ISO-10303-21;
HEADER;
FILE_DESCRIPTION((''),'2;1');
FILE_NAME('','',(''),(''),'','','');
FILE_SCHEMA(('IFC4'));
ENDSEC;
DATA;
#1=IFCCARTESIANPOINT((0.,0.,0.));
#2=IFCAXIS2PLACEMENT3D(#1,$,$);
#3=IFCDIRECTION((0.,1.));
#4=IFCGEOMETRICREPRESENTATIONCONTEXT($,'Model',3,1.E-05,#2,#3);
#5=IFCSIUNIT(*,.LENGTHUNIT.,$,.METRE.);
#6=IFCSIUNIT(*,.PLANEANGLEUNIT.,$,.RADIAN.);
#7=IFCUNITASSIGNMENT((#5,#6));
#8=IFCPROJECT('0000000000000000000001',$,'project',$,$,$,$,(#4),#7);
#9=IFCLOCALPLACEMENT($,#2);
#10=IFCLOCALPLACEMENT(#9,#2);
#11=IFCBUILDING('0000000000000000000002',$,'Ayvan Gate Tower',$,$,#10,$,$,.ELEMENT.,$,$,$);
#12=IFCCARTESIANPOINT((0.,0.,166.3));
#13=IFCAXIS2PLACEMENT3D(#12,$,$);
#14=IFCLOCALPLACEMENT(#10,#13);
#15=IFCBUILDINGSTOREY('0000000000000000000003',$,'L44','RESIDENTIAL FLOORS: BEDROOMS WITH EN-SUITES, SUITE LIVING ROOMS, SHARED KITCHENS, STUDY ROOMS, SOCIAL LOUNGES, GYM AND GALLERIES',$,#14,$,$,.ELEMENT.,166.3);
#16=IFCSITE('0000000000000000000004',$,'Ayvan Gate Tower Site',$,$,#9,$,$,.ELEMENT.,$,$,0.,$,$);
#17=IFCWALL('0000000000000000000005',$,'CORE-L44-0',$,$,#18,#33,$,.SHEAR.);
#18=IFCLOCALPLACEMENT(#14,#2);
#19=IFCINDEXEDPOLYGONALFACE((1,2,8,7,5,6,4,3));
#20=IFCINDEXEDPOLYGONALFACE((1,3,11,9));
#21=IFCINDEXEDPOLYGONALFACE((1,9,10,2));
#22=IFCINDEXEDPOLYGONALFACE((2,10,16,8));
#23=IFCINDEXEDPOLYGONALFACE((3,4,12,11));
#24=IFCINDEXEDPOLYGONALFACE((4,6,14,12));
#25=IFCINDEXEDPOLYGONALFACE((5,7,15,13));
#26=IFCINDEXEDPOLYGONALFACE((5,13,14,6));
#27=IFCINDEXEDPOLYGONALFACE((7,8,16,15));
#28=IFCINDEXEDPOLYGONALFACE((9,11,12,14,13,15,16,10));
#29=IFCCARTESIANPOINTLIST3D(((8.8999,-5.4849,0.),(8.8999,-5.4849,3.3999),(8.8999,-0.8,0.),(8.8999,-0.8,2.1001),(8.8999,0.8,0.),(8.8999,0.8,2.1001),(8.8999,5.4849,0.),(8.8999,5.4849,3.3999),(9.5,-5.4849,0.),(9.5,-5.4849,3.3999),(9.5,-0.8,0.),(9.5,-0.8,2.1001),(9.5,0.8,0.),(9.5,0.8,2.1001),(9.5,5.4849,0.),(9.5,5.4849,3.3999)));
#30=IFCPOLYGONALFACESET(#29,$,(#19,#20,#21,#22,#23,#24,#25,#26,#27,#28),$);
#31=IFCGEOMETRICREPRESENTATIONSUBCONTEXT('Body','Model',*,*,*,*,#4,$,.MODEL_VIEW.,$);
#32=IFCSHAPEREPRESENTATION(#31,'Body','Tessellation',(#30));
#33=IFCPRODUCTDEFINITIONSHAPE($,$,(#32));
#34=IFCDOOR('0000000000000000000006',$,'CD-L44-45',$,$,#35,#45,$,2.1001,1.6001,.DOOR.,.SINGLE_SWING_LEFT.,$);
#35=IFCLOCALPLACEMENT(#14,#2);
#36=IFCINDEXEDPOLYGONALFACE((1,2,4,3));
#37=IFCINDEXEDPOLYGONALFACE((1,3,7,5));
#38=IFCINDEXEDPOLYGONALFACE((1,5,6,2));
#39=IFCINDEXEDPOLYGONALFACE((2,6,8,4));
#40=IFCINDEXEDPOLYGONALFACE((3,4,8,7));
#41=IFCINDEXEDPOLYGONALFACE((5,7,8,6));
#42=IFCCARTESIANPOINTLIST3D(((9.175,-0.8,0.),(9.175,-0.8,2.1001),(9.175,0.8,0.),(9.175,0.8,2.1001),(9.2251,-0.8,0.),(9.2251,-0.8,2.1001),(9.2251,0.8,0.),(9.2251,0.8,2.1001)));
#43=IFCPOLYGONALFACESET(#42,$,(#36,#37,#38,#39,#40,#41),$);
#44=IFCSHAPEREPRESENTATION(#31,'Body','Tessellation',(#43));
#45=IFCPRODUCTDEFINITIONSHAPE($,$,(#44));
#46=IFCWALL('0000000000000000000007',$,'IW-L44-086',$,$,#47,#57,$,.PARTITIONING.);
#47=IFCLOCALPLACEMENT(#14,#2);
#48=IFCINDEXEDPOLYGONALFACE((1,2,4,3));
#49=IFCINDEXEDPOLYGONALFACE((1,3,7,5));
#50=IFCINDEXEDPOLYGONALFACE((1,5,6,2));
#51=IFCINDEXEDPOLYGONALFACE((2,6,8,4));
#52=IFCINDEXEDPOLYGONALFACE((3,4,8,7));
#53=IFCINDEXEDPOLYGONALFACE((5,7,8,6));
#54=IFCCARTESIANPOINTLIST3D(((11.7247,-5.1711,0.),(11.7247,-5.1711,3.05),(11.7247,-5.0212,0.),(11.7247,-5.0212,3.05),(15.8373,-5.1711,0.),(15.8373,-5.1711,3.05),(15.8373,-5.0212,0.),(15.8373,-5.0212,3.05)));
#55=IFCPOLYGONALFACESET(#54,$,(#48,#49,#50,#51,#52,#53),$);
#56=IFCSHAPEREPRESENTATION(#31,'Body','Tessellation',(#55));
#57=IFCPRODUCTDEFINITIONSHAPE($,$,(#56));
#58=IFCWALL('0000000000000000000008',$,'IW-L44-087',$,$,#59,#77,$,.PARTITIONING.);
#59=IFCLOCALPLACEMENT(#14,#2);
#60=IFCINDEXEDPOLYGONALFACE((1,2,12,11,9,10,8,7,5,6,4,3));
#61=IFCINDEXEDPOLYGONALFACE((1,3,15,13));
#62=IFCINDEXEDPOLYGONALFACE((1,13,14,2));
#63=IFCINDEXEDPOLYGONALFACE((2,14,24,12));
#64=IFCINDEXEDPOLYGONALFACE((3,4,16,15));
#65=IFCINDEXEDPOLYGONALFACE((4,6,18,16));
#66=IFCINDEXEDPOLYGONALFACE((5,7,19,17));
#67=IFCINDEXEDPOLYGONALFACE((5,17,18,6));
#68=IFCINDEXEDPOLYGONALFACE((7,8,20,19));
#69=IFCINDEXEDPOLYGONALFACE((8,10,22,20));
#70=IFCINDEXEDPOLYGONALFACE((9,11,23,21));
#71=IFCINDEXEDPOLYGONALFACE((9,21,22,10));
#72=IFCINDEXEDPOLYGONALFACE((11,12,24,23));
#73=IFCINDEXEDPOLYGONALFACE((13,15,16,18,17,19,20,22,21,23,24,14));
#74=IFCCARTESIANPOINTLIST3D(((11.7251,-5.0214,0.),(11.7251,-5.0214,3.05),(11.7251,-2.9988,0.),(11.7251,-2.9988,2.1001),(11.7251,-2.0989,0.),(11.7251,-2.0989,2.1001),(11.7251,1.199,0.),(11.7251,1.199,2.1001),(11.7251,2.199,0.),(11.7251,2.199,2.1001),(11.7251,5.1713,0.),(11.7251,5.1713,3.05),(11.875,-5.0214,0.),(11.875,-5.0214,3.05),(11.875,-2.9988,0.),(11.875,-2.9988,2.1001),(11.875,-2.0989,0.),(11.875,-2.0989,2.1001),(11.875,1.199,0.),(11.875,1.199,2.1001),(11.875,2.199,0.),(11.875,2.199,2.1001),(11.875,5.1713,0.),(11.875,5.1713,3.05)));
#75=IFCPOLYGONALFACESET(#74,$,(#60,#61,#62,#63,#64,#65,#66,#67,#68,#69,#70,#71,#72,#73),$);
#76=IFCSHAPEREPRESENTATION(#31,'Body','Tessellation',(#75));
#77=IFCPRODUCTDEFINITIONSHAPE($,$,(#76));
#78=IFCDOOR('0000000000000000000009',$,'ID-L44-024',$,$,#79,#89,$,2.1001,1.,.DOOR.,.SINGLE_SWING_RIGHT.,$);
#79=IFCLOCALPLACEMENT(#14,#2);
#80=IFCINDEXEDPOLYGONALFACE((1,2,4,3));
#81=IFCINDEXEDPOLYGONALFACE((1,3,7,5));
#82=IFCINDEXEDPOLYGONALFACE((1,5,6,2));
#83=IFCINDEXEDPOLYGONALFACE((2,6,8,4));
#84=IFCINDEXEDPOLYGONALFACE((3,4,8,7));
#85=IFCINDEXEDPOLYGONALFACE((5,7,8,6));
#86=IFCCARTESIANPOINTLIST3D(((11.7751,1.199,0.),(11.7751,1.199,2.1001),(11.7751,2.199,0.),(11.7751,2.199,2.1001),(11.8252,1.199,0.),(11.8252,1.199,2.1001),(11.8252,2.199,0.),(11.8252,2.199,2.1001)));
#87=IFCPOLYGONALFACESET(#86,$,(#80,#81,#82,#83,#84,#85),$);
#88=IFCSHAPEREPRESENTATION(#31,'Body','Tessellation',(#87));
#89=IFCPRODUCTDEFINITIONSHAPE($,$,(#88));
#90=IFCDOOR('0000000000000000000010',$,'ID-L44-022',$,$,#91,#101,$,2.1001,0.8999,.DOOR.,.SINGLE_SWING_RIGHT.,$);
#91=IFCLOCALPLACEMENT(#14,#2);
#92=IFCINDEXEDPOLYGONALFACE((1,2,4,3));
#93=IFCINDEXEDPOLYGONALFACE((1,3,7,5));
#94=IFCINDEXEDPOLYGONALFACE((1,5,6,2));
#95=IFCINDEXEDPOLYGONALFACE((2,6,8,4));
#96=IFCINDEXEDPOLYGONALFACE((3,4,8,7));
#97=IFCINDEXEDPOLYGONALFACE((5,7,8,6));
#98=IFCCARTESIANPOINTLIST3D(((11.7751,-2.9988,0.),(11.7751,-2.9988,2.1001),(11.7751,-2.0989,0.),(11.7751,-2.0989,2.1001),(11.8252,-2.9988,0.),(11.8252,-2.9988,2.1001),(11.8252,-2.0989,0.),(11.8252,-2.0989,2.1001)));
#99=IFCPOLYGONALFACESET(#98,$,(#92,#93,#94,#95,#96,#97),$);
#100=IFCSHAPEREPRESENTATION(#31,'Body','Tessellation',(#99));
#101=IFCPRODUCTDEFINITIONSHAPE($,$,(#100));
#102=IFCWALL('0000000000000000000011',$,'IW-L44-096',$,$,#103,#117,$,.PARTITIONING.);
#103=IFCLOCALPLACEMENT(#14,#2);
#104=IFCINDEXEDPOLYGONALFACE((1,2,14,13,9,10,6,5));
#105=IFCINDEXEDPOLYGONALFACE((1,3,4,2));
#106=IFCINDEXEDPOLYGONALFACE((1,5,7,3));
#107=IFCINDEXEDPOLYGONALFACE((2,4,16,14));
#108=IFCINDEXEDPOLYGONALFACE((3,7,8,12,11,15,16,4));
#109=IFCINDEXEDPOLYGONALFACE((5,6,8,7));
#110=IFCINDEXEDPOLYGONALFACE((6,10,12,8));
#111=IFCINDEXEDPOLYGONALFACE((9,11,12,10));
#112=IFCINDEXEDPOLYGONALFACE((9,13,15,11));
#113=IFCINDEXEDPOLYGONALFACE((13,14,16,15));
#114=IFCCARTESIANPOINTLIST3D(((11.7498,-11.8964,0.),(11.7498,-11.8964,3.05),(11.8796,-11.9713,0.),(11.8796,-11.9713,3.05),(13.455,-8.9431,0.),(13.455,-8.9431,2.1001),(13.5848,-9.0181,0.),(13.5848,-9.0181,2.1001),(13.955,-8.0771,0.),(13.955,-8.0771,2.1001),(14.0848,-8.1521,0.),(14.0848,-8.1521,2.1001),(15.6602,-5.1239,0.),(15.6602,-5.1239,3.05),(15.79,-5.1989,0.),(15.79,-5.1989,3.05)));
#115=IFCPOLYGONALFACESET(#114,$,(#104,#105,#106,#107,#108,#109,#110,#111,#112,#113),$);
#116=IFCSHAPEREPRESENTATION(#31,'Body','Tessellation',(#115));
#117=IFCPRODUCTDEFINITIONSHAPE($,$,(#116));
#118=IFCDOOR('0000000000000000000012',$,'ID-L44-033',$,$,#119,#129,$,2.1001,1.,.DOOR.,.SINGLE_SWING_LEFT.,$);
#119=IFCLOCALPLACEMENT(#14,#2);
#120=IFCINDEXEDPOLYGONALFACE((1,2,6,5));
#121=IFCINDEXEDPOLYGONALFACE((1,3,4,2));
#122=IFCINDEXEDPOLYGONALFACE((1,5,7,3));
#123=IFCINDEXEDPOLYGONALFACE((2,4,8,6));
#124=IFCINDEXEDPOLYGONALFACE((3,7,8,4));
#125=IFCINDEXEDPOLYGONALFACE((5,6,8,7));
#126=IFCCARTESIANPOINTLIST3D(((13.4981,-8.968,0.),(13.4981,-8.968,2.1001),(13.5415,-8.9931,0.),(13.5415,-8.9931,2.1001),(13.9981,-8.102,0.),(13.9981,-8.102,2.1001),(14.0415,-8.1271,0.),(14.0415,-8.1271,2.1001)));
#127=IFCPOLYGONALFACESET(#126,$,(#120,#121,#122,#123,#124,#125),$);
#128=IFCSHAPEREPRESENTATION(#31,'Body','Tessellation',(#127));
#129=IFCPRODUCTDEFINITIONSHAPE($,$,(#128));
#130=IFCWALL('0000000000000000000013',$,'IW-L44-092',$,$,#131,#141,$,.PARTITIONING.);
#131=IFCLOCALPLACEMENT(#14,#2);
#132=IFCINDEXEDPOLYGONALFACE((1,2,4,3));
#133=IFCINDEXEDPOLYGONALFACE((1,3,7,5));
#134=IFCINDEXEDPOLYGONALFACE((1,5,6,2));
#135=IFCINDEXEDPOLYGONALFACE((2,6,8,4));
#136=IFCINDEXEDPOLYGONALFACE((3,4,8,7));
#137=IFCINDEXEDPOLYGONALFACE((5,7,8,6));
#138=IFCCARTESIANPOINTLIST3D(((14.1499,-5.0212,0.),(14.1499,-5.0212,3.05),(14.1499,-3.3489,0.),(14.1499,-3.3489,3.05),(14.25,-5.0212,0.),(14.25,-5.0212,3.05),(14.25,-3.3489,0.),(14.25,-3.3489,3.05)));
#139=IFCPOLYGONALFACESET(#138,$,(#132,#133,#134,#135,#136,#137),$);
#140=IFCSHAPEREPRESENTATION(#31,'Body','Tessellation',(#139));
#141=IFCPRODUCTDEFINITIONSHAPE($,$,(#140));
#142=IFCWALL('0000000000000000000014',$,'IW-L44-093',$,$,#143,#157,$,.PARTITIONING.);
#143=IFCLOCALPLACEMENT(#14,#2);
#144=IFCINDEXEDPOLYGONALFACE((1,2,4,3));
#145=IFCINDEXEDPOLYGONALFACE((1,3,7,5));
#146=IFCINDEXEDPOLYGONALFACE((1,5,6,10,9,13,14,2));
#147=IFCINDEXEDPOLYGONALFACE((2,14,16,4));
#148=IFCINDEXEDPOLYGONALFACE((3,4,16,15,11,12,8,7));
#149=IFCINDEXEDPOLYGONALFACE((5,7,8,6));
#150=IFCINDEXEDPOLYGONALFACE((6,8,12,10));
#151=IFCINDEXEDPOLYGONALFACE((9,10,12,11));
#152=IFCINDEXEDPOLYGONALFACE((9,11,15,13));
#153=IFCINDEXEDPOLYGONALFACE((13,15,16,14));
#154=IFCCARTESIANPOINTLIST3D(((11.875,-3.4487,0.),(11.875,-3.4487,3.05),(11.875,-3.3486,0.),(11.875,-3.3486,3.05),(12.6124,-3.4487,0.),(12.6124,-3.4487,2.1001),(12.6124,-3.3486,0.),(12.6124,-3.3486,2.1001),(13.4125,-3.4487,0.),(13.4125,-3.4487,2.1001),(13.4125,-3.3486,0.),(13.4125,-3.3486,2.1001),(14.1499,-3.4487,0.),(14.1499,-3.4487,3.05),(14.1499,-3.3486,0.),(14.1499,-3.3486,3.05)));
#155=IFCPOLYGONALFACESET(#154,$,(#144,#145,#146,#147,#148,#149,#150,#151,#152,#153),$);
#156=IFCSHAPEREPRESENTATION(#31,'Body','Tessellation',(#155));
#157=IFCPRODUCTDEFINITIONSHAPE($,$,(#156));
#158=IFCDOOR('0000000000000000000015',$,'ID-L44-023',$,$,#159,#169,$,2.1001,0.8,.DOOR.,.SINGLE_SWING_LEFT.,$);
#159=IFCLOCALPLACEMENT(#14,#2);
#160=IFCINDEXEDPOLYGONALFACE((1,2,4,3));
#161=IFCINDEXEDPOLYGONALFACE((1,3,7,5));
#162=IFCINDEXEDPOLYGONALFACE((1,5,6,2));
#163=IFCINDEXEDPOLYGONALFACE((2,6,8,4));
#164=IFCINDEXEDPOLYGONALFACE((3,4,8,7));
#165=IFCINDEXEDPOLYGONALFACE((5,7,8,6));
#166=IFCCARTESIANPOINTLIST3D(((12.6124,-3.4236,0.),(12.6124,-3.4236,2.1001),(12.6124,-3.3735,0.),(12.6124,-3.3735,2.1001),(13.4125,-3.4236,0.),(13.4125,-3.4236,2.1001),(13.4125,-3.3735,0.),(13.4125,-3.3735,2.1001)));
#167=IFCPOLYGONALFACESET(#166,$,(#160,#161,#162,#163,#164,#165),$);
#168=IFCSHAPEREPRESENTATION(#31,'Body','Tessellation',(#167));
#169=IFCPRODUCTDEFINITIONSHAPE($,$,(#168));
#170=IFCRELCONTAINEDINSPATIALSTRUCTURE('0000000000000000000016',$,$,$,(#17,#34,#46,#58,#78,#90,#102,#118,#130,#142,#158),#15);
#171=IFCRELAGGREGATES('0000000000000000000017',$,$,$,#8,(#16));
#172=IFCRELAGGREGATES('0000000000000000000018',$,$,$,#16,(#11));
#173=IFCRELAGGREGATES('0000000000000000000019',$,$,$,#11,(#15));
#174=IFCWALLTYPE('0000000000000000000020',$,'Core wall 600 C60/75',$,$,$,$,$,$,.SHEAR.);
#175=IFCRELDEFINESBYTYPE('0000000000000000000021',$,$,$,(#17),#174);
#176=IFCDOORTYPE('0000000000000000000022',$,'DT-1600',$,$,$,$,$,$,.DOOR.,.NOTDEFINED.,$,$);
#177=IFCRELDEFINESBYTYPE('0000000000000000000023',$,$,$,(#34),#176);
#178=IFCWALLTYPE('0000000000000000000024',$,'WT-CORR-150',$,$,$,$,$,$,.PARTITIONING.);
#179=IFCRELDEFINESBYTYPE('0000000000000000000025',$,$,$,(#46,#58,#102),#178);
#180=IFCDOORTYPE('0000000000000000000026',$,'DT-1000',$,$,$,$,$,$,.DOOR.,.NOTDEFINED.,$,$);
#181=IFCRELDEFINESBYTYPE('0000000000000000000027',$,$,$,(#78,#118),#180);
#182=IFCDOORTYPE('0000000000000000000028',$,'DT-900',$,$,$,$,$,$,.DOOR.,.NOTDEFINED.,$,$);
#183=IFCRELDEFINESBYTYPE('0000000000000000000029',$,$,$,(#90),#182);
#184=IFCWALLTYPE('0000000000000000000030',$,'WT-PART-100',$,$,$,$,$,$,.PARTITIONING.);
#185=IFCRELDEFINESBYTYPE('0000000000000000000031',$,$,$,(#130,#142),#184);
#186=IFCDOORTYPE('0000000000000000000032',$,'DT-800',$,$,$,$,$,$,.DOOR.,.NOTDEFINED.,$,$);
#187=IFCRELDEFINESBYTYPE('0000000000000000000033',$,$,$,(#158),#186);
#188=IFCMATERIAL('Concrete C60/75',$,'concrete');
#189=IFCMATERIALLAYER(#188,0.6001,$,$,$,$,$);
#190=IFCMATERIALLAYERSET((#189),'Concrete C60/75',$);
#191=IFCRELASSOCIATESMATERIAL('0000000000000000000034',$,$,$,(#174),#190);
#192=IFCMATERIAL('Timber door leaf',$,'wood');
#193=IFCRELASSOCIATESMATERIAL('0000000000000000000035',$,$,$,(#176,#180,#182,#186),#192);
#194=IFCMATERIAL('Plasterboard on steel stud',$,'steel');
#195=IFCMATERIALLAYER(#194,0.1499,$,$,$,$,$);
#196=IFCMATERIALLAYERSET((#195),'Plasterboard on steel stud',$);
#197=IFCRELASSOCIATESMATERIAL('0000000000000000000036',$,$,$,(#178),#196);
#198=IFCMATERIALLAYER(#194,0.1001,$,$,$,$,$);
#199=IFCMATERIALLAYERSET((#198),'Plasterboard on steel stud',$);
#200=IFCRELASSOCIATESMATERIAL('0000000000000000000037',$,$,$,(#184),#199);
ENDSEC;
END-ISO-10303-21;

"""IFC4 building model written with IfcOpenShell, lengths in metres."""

from ifc_helpers import new_model, si_unit, direction, frame, frame_2d, origin, place, context, subcontext, project, spatial, rectangle, extrude, material, layer, layer_set, type_object, element, fill, save


model = new_model("IFC4")

# Units and contexts
model_context = context("Model", 3, precision=1e-05, world=origin(), true_north=direction((0.0, 1.0)))
body_context = subcontext(model_context, "Body", "Model", "MODEL_VIEW")
ifc_project = project(units=[si_unit("LENGTHUNIT", "METRE"), si_unit("PLANEANGLEUNIT", "RADIAN")], contexts=[model_context])

# Site, building, storey
site_placement = place(None, origin())
site = spatial("IfcSite", under=ifc_project, at=site_placement, Name="Ayvan Gate Tower Site", CompositionType="ELEMENT", RefElevation=0.0)
building_placement = place(site_placement, origin())
building = spatial("IfcBuilding", under=site, at=building_placement, Name="Ayvan Gate Tower", CompositionType="ELEMENT")
storey_placement = place(building_placement, frame((0.0, 0.0, 166.3)))
storey = spatial("IfcBuildingStorey", under=building, at=storey_placement, Name="L44", Description="RESIDENTIAL FLOORS: BEDROOMS WITH EN-SUITES, SUITE LIVING ROOMS, SHARED KITCHENS, STUDY ROOMS, SOCIAL LOUNGES, GYM AND GALLERIES", CompositionType="ELEMENT", Elevation=166.3)

# Wall, opening, door
ifc_material_1 = material(Name="Concrete C60/75", Category="concrete")
ifc_layer_1 = layer(ifc_material_1, 0.6001)
ifc_layer_set_1 = layer_set([ifc_layer_1], Name="Concrete C60/75")
wall_type_1 = type_object("IfcWallType", Name="Core wall 600 C60/75", PredefinedType="SHEAR", material=ifc_layer_set_1)
wall_1_placement = place(storey_placement, frame((9.2, -5.4849, 0.0), z_axis=(0.0, 0.0, 1.0), x_axis=(0.0, 1.0, 0.0)))
wall_1 = element("IfcWall", 1, at=wall_1_placement, inside=storey, type_object=wall_type_1, Name="CORE-L44-0", PredefinedType="SHEAR", context=body_context, shape_type="SweptSolid", body=[
    extrude(rectangle(XDim=10.9697, YDim=0.6001, at=frame_2d((5.4849, 0.0))), origin(), (0.0, 0.0, 1.0), 3.3999),
])
opening_1_placement = place(wall_1_placement, frame((4.6848, 0.0, 0.0)))
opening_1 = element("IfcOpeningElement", 2, at=opening_1_placement, cuts=wall_1, PredefinedType="OPENING", context=body_context, shape_type="SweptSolid", body=[
    extrude(rectangle(XDim=1.6001, YDim=2.1001, at=frame_2d((0.8, 1.05))), frame((0.0, 0.3101, 0.0), z_axis=(0.0, -1.0, 0.0), x_axis=(1.0, 0.0, 0.0)), (0.0, 0.0, 1.0), 0.6201),
])
ifc_material_2 = material(Name="Timber door leaf", Category="wood")
door_type_1 = type_object("IfcDoorType", Name="DT-1600", OperationType="NOTDEFINED", PredefinedType="DOOR", material=ifc_material_2)
door_1_placement = place(opening_1_placement, origin())
door_1 = element("IfcDoor", 3, at=door_1_placement, inside=storey, type_object=door_type_1, Name="CD-L44-45", OperationType="SINGLE_SWING_LEFT", OverallHeight=2.1001, OverallWidth=1.6001, PredefinedType="DOOR", context=body_context, shape_type="SweptSolid", body=[
    extrude(rectangle(XDim=1.6001, YDim=2.1001, at=frame_2d((0.8, 1.05))), frame((0.0, 0.0249, 0.0), z_axis=(0.0, -1.0, 0.0), x_axis=(1.0, 0.0, 0.0)), (0.0, 0.0, 1.0), 0.05),
])
fill(opening_1, door_1)

# Wall
ifc_material_3 = material(Name="Plasterboard on steel stud", Category="steel")
ifc_layer_2 = layer(ifc_material_3, 0.1499)
ifc_layer_set_2 = layer_set([ifc_layer_2], Name="Plasterboard on steel stud")
wall_type_2 = type_object("IfcWallType", Name="WT-CORR-150", PredefinedType="PARTITIONING", material=ifc_layer_set_2)
wall_2_placement = place(storey_placement, frame((11.7249, -5.0962, 0.0), z_axis=(0.0, 0.0, 1.0), x_axis=(1.0, 0.0, 0.0)))
element("IfcWall", 4, at=wall_2_placement, inside=storey, type_object=wall_type_2, Name="IW-L44-086", PredefinedType="PARTITIONING", context=body_context, shape_type="SweptSolid", body=[
    extrude(rectangle(XDim=4.1125, YDim=0.1499, at=frame_2d((2.0562, 0.0))), origin(), (0.0, 0.0, 1.0), 3.05),
])

# Wall, openings, doors
wall_3_placement = place(storey_placement, frame((11.8, -5.0212, 0.0), z_axis=(0.0, 0.0, 1.0), x_axis=(0.0, 1.0, 0.0)))
wall_3 = element("IfcWall", 5, at=wall_3_placement, inside=storey, type_object=wall_type_2, Name="IW-L44-087", PredefinedType="PARTITIONING", context=body_context, shape_type="SweptSolid", body=[
    extrude(rectangle(XDim=10.1926, YDim=0.1499, at=frame_2d((5.0962, 0.0))), origin(), (0.0, 0.0, 1.0), 3.05),
])
opening_2_placement = place(wall_3_placement, frame((2.0225, 0.0, 0.0)))
opening_2 = element("IfcOpeningElement", 6, at=opening_2_placement, cuts=wall_3, PredefinedType="OPENING", context=body_context, shape_type="SweptSolid", body=[
    extrude(rectangle(XDim=0.8999, YDim=2.1001, at=frame_2d((0.45, 1.05))), frame((0.0, 0.085, 0.0), z_axis=(0.0, -1.0, 0.0), x_axis=(1.0, 0.0, 0.0)), (0.0, 0.0, 1.0), 0.1699),
])
opening_3_placement = place(wall_3_placement, frame((6.2202, 0.0, 0.0)))
opening_3 = element("IfcOpeningElement", 7, at=opening_3_placement, cuts=wall_3, PredefinedType="OPENING", context=body_context, shape_type="SweptSolid", body=[
    extrude(rectangle(XDim=1.0, YDim=2.1001, at=frame_2d((0.5, 1.05))), frame((0.0, 0.085, 0.0), z_axis=(0.0, -1.0, 0.0), x_axis=(1.0, 0.0, 0.0)), (0.0, 0.0, 1.0), 0.1699),
])
door_type_2 = type_object("IfcDoorType", Name="DT-1000", OperationType="NOTDEFINED", PredefinedType="DOOR", material=ifc_material_2)
door_2_placement = place(opening_3_placement, origin())
door_2 = element("IfcDoor", 8, at=door_2_placement, inside=storey, type_object=door_type_2, Name="ID-L44-024", OperationType="SINGLE_SWING_RIGHT", OverallHeight=2.1001, OverallWidth=1.0, PredefinedType="DOOR", context=body_context, shape_type="SweptSolid", body=[
    extrude(rectangle(XDim=1.0, YDim=2.1001, at=frame_2d((0.5, 1.05))), frame((0.0, 0.0249, 0.0), z_axis=(0.0, -1.0, 0.0), x_axis=(1.0, 0.0, 0.0)), (0.0, 0.0, 1.0), 0.05),
])
fill(opening_3, door_2)
door_type_3 = type_object("IfcDoorType", Name="DT-900", OperationType="NOTDEFINED", PredefinedType="DOOR", material=ifc_material_2)
door_3_placement = place(opening_2_placement, origin())
door_3 = element("IfcDoor", 9, at=door_3_placement, inside=storey, type_object=door_type_3, Name="ID-L44-022", OperationType="SINGLE_SWING_RIGHT", OverallHeight=2.1001, OverallWidth=0.8999, PredefinedType="DOOR", context=body_context, shape_type="SweptSolid", body=[
    extrude(rectangle(XDim=0.8999, YDim=2.1001, at=frame_2d((0.45, 1.05))), frame((0.0, 0.0249, 0.0), z_axis=(0.0, -1.0, 0.0), x_axis=(1.0, 0.0, 0.0)), (0.0, 0.0, 1.0), 0.05),
])
fill(opening_2, door_3)

# Wall, opening, door
wall_4_placement = place(storey_placement, frame((15.7251, -5.1614, 0.0), z_axis=(0.0, 0.0, 1.0), x_axis=(-0.500031, -0.866008, 0.0)))
wall_4 = element("IfcWall", 10, at=wall_4_placement, inside=storey, type_object=wall_type_2, Name="IW-L44-096", PredefinedType="PARTITIONING", context=body_context, shape_type="SweptSolid", body=[
    extrude(rectangle(XDim=7.8203, YDim=0.1499, at=frame_2d((3.9102, 0.0))), origin(), (0.0, 0.0, 1.0), 3.05),
])
opening_4_placement = place(wall_4_placement, frame((3.4102, 0.0, 0.0)))
opening_4 = element("IfcOpeningElement", 11, at=opening_4_placement, cuts=wall_4, PredefinedType="OPENING", context=body_context, shape_type="SweptSolid", body=[
    extrude(rectangle(XDim=1.0, YDim=2.1001, at=frame_2d((0.5, 1.05))), frame((0.0, 0.085, 0.0), z_axis=(0.0, -1.0, 0.0), x_axis=(1.0, 0.0, 0.0)), (0.0, 0.0, 1.0), 0.1699),
])
door_4_placement = place(opening_4_placement, origin())
door_4 = element("IfcDoor", 12, at=door_4_placement, inside=storey, type_object=door_type_2, Name="ID-L44-033", OperationType="SINGLE_SWING_LEFT", OverallHeight=2.1001, OverallWidth=1.0, PredefinedType="DOOR", context=body_context, shape_type="SweptSolid", body=[
    extrude(rectangle(XDim=1.0, YDim=2.1001, at=frame_2d((0.5, 1.05))), frame((0.0, 0.0249, 0.0), z_axis=(0.0, -1.0, 0.0), x_axis=(1.0, 0.0, 0.0)), (0.0, 0.0, 1.0), 0.05),
])
fill(opening_4, door_4)

# Wall
ifc_layer_3 = layer(ifc_material_3, 0.1001)
ifc_layer_set_3 = layer_set([ifc_layer_3], Name="Plasterboard on steel stud")
wall_type_3 = type_object("IfcWallType", Name="WT-PART-100", PredefinedType="PARTITIONING", material=ifc_layer_set_3)
wall_5_placement = place(storey_placement, frame((14.2, -5.0212, 0.0), z_axis=(0.0, 0.0, 1.0), x_axis=(0.0, 1.0, 0.0)))
element("IfcWall", 13, at=wall_5_placement, inside=storey, type_object=wall_type_3, Name="IW-L44-092", PredefinedType="PARTITIONING", context=body_context, shape_type="SweptSolid", body=[
    extrude(rectangle(XDim=1.6724, YDim=0.1001, at=frame_2d((0.8362, 0.0))), origin(), (0.0, 0.0, 1.0), 3.05),
])

# Wall, opening, door
wall_6_placement = place(storey_placement, frame((14.1499, -3.3987, 0.0), z_axis=(0.0, 0.0, 1.0), x_axis=(-1.0, 0.0, 0.0)))
wall_6 = element("IfcWall", 14, at=wall_6_placement, inside=storey, type_object=wall_type_3, Name="IW-L44-093", PredefinedType="PARTITIONING", context=body_context, shape_type="SweptSolid", body=[
    extrude(rectangle(XDim=2.2749, YDim=0.1001, at=frame_2d((1.1375, 0.0))), origin(), (0.0, 0.0, 1.0), 3.05),
])
opening_5_placement = place(wall_6_placement, frame((0.7375, 0.0, 0.0)))
opening_5 = element("IfcOpeningElement", 15, at=opening_5_placement, cuts=wall_6, PredefinedType="OPENING", context=body_context, shape_type="SweptSolid", body=[
    extrude(rectangle(XDim=0.8, YDim=2.1001, at=frame_2d((0.3999, 1.05))), frame((0.0, 0.0601, 0.0), z_axis=(0.0, -1.0, 0.0), x_axis=(1.0, 0.0, 0.0)), (0.0, 0.0, 1.0), 0.1201),
])
door_type_4 = type_object("IfcDoorType", Name="DT-800", OperationType="NOTDEFINED", PredefinedType="DOOR", material=ifc_material_2)
door_5_placement = place(opening_5_placement, origin())
door_5 = element("IfcDoor", 16, at=door_5_placement, inside=storey, type_object=door_type_4, Name="ID-L44-023", OperationType="SINGLE_SWING_LEFT", OverallHeight=2.1001, OverallWidth=0.8, PredefinedType="DOOR", context=body_context, shape_type="SweptSolid", body=[
    extrude(rectangle(XDim=0.8, YDim=2.1001, at=frame_2d((0.3999, 1.05))), frame((0.0, 0.0249, 0.0), z_axis=(0.0, -1.0, 0.0), x_axis=(1.0, 0.0, 0.0)), (0.0, 0.0, 1.0), 0.05),
])
fill(opening_5, door_5)

save(model, "model.ifc")
